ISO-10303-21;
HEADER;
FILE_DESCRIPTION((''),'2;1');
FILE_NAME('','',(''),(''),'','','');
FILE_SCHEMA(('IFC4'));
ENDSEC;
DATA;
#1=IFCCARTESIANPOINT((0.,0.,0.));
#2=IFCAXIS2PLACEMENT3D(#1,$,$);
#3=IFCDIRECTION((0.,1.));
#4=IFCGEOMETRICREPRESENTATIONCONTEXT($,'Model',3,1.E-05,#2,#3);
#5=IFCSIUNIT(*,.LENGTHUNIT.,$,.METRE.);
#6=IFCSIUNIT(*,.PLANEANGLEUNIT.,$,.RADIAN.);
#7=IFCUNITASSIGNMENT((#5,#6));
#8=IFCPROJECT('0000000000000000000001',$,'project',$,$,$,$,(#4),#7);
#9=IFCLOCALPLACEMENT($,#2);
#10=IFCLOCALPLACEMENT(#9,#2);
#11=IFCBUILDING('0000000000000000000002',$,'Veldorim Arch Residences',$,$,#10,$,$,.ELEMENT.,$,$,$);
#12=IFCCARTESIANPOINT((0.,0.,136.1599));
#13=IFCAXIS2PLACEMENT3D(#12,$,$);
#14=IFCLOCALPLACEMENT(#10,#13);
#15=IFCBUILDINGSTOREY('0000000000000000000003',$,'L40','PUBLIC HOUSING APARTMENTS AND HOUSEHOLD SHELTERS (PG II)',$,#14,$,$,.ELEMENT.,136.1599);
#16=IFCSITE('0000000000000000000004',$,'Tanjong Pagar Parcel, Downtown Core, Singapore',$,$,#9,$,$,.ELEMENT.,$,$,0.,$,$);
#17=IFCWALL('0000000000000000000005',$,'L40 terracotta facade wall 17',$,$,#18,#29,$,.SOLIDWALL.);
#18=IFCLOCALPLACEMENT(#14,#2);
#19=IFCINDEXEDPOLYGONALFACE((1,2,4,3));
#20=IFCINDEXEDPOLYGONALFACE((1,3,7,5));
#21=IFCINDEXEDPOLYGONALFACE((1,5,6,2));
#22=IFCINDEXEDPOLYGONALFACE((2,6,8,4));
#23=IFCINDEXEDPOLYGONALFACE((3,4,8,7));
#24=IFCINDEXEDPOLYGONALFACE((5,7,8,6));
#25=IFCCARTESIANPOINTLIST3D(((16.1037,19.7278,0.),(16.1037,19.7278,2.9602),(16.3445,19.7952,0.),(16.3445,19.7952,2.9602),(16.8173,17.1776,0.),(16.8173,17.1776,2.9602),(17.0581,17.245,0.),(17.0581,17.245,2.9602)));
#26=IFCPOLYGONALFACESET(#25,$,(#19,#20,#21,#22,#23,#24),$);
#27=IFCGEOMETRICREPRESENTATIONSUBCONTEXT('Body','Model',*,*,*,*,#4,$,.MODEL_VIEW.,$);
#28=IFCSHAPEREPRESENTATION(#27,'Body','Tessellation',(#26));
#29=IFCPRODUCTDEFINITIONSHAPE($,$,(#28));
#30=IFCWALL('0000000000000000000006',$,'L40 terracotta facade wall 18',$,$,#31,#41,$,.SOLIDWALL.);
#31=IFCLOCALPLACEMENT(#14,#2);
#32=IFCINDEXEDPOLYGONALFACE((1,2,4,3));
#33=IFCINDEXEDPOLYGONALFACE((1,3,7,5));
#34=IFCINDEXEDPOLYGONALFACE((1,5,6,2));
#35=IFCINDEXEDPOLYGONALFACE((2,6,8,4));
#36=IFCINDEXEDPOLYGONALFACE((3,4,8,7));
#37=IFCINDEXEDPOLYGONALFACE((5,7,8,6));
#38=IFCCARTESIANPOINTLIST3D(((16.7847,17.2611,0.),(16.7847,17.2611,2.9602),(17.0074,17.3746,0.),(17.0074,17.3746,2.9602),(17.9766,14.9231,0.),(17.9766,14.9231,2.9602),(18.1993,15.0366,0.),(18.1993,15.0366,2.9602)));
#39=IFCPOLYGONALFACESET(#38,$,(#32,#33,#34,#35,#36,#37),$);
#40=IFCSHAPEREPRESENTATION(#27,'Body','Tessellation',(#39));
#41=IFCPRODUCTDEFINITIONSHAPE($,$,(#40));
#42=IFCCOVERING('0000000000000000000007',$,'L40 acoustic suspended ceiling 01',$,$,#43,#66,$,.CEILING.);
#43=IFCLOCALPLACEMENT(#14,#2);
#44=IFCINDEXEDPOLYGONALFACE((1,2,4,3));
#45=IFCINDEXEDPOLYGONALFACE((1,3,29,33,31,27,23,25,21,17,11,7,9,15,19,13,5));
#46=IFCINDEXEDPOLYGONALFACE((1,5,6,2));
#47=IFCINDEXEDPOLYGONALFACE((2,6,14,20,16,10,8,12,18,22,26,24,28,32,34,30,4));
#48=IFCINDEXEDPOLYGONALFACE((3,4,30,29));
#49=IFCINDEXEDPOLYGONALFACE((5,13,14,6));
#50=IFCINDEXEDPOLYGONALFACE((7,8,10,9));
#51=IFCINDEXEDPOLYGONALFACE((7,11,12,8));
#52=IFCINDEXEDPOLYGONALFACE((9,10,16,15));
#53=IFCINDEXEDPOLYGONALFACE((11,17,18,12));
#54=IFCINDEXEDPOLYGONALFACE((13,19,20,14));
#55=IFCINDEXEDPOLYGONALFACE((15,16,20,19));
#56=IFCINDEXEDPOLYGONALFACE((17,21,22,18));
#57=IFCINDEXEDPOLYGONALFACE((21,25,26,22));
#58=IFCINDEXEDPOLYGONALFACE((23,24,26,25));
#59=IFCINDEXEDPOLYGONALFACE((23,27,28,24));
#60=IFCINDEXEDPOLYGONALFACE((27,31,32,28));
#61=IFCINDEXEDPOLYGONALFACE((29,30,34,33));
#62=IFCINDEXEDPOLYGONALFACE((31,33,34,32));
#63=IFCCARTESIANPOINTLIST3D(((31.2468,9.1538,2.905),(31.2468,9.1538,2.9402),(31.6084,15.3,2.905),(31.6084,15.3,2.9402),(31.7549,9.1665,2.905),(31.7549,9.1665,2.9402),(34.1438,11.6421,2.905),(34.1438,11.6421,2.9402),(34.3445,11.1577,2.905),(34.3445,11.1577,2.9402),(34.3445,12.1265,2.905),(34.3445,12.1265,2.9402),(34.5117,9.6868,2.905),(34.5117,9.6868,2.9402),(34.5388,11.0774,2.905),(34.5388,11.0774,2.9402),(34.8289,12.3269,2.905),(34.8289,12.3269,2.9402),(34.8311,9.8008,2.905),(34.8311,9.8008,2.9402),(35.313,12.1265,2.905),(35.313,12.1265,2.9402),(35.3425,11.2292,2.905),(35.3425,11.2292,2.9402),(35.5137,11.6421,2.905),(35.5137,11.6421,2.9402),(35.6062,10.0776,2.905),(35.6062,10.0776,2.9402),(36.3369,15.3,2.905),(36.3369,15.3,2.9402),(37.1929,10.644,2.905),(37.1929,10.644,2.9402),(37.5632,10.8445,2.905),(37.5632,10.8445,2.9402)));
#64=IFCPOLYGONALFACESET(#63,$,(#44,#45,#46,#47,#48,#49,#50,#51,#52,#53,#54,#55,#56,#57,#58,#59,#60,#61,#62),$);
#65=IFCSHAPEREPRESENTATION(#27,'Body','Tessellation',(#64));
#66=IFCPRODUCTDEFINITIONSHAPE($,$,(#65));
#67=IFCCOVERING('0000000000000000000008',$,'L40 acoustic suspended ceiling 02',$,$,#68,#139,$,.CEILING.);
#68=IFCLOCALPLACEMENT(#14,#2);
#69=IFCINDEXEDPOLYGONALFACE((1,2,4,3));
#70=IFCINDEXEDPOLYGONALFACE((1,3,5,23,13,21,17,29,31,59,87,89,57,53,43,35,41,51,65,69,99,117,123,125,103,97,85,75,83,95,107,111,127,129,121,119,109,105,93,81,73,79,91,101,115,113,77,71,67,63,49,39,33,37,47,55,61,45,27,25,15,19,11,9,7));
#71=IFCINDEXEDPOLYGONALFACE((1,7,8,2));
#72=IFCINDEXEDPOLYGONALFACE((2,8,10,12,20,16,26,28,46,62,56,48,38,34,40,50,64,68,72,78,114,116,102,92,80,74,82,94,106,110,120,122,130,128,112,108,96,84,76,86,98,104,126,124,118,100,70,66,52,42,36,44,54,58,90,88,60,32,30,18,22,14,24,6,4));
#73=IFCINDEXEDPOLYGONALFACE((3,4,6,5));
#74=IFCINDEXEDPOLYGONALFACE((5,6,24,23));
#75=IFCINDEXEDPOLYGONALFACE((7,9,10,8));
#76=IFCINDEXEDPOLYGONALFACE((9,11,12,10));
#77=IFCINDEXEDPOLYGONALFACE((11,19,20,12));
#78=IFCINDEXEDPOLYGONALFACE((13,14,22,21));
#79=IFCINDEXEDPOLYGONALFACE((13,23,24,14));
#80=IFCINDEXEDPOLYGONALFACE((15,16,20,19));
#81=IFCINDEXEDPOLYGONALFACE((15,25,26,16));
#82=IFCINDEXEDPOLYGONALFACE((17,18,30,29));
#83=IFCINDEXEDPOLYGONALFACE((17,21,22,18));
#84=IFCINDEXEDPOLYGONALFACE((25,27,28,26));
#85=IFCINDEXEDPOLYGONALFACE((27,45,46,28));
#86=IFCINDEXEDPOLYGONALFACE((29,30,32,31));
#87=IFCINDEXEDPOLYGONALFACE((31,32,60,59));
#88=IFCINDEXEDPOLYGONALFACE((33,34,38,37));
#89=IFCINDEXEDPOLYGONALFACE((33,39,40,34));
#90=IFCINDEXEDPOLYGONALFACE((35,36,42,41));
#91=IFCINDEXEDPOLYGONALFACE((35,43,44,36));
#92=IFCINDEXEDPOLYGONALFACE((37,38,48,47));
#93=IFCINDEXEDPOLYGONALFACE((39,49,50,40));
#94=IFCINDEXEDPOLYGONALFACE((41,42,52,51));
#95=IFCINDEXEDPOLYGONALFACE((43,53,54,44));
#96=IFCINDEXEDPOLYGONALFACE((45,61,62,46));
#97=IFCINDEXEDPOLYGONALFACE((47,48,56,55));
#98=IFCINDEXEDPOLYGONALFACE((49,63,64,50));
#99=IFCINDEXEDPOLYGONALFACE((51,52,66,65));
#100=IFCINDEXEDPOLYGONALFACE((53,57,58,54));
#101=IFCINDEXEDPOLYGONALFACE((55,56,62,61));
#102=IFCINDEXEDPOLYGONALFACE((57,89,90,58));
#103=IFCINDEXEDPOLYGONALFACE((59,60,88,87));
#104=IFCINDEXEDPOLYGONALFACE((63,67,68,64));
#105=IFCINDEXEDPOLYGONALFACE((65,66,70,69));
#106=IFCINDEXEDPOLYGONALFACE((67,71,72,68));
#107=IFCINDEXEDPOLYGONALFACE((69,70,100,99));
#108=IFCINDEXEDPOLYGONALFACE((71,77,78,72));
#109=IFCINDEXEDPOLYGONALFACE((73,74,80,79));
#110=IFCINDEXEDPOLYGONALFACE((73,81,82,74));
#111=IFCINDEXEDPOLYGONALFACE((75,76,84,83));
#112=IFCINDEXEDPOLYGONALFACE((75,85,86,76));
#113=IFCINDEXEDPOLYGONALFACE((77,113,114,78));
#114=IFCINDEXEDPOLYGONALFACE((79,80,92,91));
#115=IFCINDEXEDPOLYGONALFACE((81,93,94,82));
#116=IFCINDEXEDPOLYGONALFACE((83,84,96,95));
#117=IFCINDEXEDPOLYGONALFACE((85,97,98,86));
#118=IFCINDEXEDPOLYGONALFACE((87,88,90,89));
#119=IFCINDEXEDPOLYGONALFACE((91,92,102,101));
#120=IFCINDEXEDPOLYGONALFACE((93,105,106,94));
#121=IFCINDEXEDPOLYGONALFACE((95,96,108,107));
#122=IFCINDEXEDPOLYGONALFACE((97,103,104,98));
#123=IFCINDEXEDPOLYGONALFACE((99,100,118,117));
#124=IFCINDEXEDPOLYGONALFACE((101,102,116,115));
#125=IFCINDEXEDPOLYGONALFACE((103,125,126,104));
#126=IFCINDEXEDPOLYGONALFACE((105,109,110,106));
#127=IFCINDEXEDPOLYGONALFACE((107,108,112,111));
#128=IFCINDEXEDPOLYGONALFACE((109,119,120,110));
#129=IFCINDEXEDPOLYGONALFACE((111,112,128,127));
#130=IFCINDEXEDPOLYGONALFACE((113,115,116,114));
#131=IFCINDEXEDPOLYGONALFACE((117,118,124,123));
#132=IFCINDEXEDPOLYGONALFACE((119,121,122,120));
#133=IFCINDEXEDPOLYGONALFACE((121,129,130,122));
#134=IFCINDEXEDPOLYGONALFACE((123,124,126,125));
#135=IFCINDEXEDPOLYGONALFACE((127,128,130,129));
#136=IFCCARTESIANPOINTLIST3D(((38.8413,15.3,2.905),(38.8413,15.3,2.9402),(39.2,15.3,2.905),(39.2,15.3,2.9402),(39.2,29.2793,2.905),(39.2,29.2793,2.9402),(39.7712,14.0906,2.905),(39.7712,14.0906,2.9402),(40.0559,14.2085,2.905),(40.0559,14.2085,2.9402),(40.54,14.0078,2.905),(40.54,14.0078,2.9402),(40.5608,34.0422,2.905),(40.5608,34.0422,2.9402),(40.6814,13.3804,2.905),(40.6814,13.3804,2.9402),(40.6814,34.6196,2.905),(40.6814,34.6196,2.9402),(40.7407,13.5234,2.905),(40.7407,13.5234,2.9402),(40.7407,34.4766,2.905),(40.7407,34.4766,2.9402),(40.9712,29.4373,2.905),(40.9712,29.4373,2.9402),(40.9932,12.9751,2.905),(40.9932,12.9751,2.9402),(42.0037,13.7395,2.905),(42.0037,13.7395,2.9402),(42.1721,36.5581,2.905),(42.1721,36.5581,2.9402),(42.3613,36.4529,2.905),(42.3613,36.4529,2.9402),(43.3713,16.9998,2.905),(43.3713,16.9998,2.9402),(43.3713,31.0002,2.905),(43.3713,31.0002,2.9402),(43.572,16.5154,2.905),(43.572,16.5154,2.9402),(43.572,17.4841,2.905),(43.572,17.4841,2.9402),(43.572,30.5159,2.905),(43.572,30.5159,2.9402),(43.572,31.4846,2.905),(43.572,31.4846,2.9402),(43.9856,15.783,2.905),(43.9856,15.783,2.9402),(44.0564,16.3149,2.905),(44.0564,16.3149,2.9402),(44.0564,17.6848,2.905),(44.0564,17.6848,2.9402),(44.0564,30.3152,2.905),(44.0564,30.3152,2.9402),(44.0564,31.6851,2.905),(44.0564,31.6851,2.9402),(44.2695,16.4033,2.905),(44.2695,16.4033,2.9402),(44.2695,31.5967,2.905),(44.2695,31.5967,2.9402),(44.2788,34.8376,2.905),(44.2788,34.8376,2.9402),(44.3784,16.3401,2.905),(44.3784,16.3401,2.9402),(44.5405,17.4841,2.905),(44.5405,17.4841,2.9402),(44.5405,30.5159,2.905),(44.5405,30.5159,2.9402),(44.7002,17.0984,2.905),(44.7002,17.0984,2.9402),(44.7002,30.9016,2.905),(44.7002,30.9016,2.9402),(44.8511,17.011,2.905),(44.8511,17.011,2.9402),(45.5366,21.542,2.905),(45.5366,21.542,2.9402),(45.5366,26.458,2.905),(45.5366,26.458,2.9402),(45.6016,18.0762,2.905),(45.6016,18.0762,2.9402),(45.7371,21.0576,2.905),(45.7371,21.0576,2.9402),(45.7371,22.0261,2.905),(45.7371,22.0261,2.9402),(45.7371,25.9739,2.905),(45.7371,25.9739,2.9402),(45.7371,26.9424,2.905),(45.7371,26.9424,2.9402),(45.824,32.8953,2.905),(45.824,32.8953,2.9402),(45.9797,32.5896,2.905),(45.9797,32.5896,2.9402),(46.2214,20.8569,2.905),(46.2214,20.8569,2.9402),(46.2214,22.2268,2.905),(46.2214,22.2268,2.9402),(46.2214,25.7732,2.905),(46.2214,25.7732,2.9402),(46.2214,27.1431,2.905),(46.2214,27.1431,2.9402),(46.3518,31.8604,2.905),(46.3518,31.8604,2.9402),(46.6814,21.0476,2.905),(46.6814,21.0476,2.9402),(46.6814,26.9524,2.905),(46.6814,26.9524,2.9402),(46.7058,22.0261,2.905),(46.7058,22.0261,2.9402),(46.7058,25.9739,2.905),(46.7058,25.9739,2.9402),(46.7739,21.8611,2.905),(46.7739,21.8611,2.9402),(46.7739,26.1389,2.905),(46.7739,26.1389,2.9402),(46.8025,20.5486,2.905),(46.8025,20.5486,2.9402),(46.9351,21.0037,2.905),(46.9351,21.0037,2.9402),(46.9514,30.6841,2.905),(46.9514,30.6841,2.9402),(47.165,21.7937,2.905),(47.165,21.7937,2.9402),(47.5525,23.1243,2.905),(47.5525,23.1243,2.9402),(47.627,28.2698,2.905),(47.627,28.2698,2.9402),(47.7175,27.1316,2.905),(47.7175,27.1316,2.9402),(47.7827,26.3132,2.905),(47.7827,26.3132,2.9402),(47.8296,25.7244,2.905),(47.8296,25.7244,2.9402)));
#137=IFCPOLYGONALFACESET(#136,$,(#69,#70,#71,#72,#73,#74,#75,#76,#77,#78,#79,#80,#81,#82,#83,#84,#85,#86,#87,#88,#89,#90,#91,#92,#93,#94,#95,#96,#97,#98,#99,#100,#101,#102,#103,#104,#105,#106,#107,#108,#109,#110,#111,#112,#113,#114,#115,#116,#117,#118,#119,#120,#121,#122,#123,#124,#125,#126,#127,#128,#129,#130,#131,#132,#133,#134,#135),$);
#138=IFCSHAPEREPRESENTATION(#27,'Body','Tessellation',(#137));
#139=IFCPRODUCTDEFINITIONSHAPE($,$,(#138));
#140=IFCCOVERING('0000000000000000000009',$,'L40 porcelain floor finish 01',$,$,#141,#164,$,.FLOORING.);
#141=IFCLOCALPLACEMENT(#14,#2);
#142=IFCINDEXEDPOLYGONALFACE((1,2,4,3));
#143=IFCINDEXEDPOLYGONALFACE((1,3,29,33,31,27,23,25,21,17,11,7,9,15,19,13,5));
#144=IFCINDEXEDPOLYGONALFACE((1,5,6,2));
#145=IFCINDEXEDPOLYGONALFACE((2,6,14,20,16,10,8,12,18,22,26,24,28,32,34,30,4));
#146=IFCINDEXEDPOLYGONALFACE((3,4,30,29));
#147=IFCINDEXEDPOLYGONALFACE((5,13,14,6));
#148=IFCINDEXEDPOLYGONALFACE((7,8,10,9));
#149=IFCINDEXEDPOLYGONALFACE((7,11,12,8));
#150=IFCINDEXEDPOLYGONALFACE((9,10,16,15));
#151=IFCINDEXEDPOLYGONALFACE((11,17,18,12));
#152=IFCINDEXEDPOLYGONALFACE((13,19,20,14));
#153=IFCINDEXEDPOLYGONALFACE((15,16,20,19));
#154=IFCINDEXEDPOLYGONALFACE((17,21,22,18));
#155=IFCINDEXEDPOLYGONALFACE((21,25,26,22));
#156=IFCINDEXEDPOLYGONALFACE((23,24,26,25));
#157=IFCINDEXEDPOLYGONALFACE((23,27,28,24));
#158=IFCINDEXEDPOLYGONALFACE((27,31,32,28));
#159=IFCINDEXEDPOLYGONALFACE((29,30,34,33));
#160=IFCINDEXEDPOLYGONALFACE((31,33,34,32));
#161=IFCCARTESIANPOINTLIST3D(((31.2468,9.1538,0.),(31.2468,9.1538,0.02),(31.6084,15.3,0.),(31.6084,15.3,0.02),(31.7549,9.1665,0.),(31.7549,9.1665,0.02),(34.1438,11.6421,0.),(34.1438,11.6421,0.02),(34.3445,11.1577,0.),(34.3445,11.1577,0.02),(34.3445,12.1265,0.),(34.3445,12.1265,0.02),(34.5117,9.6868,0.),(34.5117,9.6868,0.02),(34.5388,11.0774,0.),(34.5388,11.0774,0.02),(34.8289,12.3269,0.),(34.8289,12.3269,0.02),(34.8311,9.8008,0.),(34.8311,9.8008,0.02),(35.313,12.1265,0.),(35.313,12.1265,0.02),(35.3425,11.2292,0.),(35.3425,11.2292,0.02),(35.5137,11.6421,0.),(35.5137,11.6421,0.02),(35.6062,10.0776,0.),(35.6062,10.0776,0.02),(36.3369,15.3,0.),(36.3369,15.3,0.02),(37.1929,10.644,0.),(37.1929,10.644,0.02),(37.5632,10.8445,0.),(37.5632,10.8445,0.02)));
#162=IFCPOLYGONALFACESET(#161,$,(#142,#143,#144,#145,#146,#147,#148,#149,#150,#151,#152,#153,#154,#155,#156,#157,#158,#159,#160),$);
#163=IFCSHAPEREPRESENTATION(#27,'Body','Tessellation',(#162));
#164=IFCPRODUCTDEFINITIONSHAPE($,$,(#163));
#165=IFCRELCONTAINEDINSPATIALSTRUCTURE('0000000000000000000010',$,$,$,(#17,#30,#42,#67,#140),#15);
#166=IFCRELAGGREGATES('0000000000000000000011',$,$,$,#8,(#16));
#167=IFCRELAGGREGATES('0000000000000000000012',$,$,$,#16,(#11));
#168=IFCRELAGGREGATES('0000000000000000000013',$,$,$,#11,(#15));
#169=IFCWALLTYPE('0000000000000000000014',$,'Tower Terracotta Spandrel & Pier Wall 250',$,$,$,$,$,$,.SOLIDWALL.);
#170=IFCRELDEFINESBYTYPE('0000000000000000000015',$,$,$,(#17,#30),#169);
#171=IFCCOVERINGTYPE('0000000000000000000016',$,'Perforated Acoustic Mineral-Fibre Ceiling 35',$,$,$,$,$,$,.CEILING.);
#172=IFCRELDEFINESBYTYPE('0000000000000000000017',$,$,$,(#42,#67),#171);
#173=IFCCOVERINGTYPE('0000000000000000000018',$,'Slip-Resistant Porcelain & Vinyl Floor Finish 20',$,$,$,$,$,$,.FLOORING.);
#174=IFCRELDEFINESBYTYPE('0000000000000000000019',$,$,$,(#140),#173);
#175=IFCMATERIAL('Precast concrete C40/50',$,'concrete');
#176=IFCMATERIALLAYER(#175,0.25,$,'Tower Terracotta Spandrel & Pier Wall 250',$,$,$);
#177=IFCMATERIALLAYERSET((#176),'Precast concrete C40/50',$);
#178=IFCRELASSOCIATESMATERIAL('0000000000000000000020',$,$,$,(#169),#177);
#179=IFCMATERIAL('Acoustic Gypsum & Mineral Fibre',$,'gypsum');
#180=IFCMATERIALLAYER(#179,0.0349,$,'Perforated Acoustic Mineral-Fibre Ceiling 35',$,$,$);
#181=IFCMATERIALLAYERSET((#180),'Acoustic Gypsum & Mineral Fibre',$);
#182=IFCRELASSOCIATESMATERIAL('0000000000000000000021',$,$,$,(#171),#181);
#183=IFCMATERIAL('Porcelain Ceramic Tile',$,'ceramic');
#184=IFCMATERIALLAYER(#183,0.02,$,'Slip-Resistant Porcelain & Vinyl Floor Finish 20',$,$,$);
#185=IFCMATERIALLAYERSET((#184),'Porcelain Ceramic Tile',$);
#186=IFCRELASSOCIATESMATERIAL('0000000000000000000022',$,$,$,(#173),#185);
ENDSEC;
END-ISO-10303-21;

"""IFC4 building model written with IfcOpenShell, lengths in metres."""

from ifc_helpers import new_model, si_unit, direction, frame, frame_2d, origin, place, context, subcontext, project, spatial, polyline, rectangle, outline, extrude, material, layer, layer_set, type_object, element, save


model = new_model("IFC4")

# Units and contexts
model_context = context("Model", 3, precision=1e-05, world=origin(), true_north=direction((0.0, 1.0)))
body_context = subcontext(model_context, "Body", "Model", "MODEL_VIEW")
ifc_project = project(units=[si_unit("LENGTHUNIT", "METRE"), si_unit("PLANEANGLEUNIT", "RADIAN")], contexts=[model_context])

# Site, building, storey
site_placement = place(None, origin())
site = spatial("IfcSite", under=ifc_project, at=site_placement, Name="Tanjong Pagar Parcel, Downtown Core, Singapore", CompositionType="ELEMENT", RefElevation=0.0)
building_placement = place(site_placement, origin())
building = spatial("IfcBuilding", under=site, at=building_placement, Name="Veldorim Arch Residences", CompositionType="ELEMENT")
storey_placement = place(building_placement, frame((0.0, 0.0, 136.1599)))
storey = spatial("IfcBuildingStorey", under=building, at=storey_placement, Name="L40", Description="PUBLIC HOUSING APARTMENTS AND HOUSEHOLD SHELTERS (PG II)", CompositionType="ELEMENT", Elevation=136.1599)

# Walls
ifc_material_1 = material(Name="Precast concrete C40/50", Category="concrete")
ifc_layer_1 = layer(ifc_material_1, 0.25, Name="Tower Terracotta Spandrel & Pier Wall 250")
ifc_layer_set_1 = layer_set([ifc_layer_1], Name="Precast concrete C40/50")
wall_type_1 = type_object("IfcWallType", Name="Tower Terracotta Spandrel & Pier Wall 250", PredefinedType="SOLIDWALL", material=ifc_layer_set_1)
wall_1_placement = place(storey_placement, frame((16.9377, 17.2112, 0.0), z_axis=(0.0, 0.0, 1.0), x_axis=(-0.269469, 0.963009, 0.0)))
element("IfcWall", 1, at=wall_1_placement, inside=storey, type_object=wall_type_1, Name="L40 terracotta facade wall 17", PredefinedType="SOLIDWALL", context=body_context, shape_type="SweptSolid", body=[
    extrude(rectangle(XDim=2.6482, YDim=0.25, at=frame_2d((1.3242, 0.0))), origin(), (0.0, 0.0, 1.0), 2.9602),
])
wall_2_placement = place(storey_placement, frame((18.0879, 14.98, 0.0), z_axis=(0.0, 0.0, 1.0), x_axis=(-0.454196, 0.890902, 0.0)))
element("IfcWall", 2, at=wall_2_placement, inside=storey, type_object=wall_type_1, Name="L40 terracotta facade wall 18", PredefinedType="SOLIDWALL", context=body_context, shape_type="SweptSolid", body=[
    extrude(rectangle(XDim=2.6243, YDim=0.25, at=frame_2d((1.312, 0.0))), origin(), (0.0, 0.0, 1.0), 2.9602),
])

# Coverings
ifc_material_2 = material(Name="Acoustic Gypsum & Mineral Fibre", Category="gypsum")
ifc_layer_2 = layer(ifc_material_2, 0.0349, Name="Perforated Acoustic Mineral-Fibre Ceiling 35")
ifc_layer_set_2 = layer_set([ifc_layer_2], Name="Acoustic Gypsum & Mineral Fibre")
covering_type_1 = type_object("IfcCoveringType", Name="Perforated Acoustic Mineral-Fibre Ceiling 35", PredefinedType="CEILING", material=ifc_layer_set_2)
covering_1_placement = place(storey_placement, frame((0.0, 0.0, 2.905)))
element("IfcCovering", 3, at=covering_1_placement, inside=storey, type_object=covering_type_1, Name="L40 acoustic suspended ceiling 01", PredefinedType="CEILING", context=body_context, shape_type="SweptSolid", body=[
    extrude(outline(polyline([(35.5137, 11.6421), (35.313, 12.1265), (34.8289, 12.3269), (34.3445, 12.1265), (34.1438, 11.6421), (34.3445, 11.1577), (34.5388, 11.0774), (34.8311, 9.8008), (34.5117, 9.6868), (31.7549, 9.1665), (31.2468, 9.1538), (31.6084, 15.3), (36.3369, 15.3), (37.5632, 10.8445), (37.1929, 10.644), (35.6062, 10.0776), (35.3425, 11.2292), (35.5137, 11.6421)])), origin(), (0.0, 0.0, 1.0), 0.0352),
])
covering_2_placement = place(storey_placement, frame((0.0, 0.0, 2.905)))
element("IfcCovering", 4, at=covering_2_placement, inside=storey, type_object=covering_type_1, Name="L40 acoustic suspended ceiling 02", PredefinedType="CEILING", context=body_context, shape_type="SweptSolid", body=[
    extrude(outline(polyline([(40.7407, 34.4766), (40.6814, 34.6196), (42.1721, 36.5581), (42.3613, 36.4529), (44.2788, 34.8376), (45.824, 32.8953), (45.9797, 32.5896), (44.2695, 31.5967), (44.0564, 31.6851), (43.572, 31.4846), (43.3713, 31.0002), (43.572, 30.5159), (44.0564, 30.3152), (44.5405, 30.5159), (44.7002, 30.9016), (46.3518, 31.8604), (46.9514, 30.6841), (47.627, 28.2698), (47.7175, 27.1316), (46.6814, 26.9524), (46.2214, 27.1431), (45.7371, 26.9424), (45.5366, 26.458), (45.7371, 25.9739), (46.2214, 25.7732), (46.7058, 25.9739), (46.7739, 26.1389), (47.7827, 26.3132), (47.8296, 25.7244), (47.5525, 23.1243), (47.165, 21.7937), (46.7739, 21.8611), (46.7058, 22.0261), (46.2214, 22.2268), (45.7371, 22.0261), (45.5366, 21.542), (45.7371, 21.0576), (46.2214, 20.8569), (46.6814, 21.0476), (46.9351, 21.0037), (46.8025, 20.5486), (45.6016, 18.0762), (44.8511, 17.011), (44.7002, 17.0984), (44.5405, 17.4841), (44.0564, 17.6848), (43.572, 17.4841), (43.3713, 16.9998), (43.572, 16.5154), (44.0564, 16.3149), (44.2695, 16.4033), (44.3784, 16.3401), (43.9856, 15.783), (42.0037, 13.7395), (40.9932, 12.9751), (40.6814, 13.3804), (40.7407, 13.5234), (40.54, 14.0078), (40.0559, 14.2085), (39.7712, 14.0906), (38.8413, 15.3), (39.2, 15.3), (39.2, 29.2793), (40.9712, 29.4373), (40.5608, 34.0422), (40.7407, 34.4766)])), origin(), (0.0, 0.0, 1.0), 0.0352),
])
ifc_material_3 = material(Name="Porcelain Ceramic Tile", Category="ceramic")
ifc_layer_3 = layer(ifc_material_3, 0.02, Name="Slip-Resistant Porcelain & Vinyl Floor Finish 20")
ifc_layer_set_3 = layer_set([ifc_layer_3], Name="Porcelain Ceramic Tile")
covering_type_2 = type_object("IfcCoveringType", Name="Slip-Resistant Porcelain & Vinyl Floor Finish 20", PredefinedType="FLOORING", material=ifc_layer_set_3)
covering_3_placement = place(storey_placement, origin())
element("IfcCovering", 5, at=covering_3_placement, inside=storey, type_object=covering_type_2, Name="L40 porcelain floor finish 01", PredefinedType="FLOORING", context=body_context, shape_type="SweptSolid", body=[
    extrude(outline(polyline([(35.5137, 11.6421), (35.313, 12.1265), (34.8289, 12.3269), (34.3445, 12.1265), (34.1438, 11.6421), (34.3445, 11.1577), (34.5388, 11.0774), (34.8311, 9.8008), (34.5117, 9.6868), (31.7549, 9.1665), (31.2468, 9.1538), (31.6084, 15.3), (36.3369, 15.3), (37.5632, 10.8445), (37.1929, 10.644), (35.6062, 10.0776), (35.3425, 11.2292), (35.5137, 11.6421)])), origin(), (0.0, 0.0, 1.0), 0.02),
])

save(model, "model.ifc")
